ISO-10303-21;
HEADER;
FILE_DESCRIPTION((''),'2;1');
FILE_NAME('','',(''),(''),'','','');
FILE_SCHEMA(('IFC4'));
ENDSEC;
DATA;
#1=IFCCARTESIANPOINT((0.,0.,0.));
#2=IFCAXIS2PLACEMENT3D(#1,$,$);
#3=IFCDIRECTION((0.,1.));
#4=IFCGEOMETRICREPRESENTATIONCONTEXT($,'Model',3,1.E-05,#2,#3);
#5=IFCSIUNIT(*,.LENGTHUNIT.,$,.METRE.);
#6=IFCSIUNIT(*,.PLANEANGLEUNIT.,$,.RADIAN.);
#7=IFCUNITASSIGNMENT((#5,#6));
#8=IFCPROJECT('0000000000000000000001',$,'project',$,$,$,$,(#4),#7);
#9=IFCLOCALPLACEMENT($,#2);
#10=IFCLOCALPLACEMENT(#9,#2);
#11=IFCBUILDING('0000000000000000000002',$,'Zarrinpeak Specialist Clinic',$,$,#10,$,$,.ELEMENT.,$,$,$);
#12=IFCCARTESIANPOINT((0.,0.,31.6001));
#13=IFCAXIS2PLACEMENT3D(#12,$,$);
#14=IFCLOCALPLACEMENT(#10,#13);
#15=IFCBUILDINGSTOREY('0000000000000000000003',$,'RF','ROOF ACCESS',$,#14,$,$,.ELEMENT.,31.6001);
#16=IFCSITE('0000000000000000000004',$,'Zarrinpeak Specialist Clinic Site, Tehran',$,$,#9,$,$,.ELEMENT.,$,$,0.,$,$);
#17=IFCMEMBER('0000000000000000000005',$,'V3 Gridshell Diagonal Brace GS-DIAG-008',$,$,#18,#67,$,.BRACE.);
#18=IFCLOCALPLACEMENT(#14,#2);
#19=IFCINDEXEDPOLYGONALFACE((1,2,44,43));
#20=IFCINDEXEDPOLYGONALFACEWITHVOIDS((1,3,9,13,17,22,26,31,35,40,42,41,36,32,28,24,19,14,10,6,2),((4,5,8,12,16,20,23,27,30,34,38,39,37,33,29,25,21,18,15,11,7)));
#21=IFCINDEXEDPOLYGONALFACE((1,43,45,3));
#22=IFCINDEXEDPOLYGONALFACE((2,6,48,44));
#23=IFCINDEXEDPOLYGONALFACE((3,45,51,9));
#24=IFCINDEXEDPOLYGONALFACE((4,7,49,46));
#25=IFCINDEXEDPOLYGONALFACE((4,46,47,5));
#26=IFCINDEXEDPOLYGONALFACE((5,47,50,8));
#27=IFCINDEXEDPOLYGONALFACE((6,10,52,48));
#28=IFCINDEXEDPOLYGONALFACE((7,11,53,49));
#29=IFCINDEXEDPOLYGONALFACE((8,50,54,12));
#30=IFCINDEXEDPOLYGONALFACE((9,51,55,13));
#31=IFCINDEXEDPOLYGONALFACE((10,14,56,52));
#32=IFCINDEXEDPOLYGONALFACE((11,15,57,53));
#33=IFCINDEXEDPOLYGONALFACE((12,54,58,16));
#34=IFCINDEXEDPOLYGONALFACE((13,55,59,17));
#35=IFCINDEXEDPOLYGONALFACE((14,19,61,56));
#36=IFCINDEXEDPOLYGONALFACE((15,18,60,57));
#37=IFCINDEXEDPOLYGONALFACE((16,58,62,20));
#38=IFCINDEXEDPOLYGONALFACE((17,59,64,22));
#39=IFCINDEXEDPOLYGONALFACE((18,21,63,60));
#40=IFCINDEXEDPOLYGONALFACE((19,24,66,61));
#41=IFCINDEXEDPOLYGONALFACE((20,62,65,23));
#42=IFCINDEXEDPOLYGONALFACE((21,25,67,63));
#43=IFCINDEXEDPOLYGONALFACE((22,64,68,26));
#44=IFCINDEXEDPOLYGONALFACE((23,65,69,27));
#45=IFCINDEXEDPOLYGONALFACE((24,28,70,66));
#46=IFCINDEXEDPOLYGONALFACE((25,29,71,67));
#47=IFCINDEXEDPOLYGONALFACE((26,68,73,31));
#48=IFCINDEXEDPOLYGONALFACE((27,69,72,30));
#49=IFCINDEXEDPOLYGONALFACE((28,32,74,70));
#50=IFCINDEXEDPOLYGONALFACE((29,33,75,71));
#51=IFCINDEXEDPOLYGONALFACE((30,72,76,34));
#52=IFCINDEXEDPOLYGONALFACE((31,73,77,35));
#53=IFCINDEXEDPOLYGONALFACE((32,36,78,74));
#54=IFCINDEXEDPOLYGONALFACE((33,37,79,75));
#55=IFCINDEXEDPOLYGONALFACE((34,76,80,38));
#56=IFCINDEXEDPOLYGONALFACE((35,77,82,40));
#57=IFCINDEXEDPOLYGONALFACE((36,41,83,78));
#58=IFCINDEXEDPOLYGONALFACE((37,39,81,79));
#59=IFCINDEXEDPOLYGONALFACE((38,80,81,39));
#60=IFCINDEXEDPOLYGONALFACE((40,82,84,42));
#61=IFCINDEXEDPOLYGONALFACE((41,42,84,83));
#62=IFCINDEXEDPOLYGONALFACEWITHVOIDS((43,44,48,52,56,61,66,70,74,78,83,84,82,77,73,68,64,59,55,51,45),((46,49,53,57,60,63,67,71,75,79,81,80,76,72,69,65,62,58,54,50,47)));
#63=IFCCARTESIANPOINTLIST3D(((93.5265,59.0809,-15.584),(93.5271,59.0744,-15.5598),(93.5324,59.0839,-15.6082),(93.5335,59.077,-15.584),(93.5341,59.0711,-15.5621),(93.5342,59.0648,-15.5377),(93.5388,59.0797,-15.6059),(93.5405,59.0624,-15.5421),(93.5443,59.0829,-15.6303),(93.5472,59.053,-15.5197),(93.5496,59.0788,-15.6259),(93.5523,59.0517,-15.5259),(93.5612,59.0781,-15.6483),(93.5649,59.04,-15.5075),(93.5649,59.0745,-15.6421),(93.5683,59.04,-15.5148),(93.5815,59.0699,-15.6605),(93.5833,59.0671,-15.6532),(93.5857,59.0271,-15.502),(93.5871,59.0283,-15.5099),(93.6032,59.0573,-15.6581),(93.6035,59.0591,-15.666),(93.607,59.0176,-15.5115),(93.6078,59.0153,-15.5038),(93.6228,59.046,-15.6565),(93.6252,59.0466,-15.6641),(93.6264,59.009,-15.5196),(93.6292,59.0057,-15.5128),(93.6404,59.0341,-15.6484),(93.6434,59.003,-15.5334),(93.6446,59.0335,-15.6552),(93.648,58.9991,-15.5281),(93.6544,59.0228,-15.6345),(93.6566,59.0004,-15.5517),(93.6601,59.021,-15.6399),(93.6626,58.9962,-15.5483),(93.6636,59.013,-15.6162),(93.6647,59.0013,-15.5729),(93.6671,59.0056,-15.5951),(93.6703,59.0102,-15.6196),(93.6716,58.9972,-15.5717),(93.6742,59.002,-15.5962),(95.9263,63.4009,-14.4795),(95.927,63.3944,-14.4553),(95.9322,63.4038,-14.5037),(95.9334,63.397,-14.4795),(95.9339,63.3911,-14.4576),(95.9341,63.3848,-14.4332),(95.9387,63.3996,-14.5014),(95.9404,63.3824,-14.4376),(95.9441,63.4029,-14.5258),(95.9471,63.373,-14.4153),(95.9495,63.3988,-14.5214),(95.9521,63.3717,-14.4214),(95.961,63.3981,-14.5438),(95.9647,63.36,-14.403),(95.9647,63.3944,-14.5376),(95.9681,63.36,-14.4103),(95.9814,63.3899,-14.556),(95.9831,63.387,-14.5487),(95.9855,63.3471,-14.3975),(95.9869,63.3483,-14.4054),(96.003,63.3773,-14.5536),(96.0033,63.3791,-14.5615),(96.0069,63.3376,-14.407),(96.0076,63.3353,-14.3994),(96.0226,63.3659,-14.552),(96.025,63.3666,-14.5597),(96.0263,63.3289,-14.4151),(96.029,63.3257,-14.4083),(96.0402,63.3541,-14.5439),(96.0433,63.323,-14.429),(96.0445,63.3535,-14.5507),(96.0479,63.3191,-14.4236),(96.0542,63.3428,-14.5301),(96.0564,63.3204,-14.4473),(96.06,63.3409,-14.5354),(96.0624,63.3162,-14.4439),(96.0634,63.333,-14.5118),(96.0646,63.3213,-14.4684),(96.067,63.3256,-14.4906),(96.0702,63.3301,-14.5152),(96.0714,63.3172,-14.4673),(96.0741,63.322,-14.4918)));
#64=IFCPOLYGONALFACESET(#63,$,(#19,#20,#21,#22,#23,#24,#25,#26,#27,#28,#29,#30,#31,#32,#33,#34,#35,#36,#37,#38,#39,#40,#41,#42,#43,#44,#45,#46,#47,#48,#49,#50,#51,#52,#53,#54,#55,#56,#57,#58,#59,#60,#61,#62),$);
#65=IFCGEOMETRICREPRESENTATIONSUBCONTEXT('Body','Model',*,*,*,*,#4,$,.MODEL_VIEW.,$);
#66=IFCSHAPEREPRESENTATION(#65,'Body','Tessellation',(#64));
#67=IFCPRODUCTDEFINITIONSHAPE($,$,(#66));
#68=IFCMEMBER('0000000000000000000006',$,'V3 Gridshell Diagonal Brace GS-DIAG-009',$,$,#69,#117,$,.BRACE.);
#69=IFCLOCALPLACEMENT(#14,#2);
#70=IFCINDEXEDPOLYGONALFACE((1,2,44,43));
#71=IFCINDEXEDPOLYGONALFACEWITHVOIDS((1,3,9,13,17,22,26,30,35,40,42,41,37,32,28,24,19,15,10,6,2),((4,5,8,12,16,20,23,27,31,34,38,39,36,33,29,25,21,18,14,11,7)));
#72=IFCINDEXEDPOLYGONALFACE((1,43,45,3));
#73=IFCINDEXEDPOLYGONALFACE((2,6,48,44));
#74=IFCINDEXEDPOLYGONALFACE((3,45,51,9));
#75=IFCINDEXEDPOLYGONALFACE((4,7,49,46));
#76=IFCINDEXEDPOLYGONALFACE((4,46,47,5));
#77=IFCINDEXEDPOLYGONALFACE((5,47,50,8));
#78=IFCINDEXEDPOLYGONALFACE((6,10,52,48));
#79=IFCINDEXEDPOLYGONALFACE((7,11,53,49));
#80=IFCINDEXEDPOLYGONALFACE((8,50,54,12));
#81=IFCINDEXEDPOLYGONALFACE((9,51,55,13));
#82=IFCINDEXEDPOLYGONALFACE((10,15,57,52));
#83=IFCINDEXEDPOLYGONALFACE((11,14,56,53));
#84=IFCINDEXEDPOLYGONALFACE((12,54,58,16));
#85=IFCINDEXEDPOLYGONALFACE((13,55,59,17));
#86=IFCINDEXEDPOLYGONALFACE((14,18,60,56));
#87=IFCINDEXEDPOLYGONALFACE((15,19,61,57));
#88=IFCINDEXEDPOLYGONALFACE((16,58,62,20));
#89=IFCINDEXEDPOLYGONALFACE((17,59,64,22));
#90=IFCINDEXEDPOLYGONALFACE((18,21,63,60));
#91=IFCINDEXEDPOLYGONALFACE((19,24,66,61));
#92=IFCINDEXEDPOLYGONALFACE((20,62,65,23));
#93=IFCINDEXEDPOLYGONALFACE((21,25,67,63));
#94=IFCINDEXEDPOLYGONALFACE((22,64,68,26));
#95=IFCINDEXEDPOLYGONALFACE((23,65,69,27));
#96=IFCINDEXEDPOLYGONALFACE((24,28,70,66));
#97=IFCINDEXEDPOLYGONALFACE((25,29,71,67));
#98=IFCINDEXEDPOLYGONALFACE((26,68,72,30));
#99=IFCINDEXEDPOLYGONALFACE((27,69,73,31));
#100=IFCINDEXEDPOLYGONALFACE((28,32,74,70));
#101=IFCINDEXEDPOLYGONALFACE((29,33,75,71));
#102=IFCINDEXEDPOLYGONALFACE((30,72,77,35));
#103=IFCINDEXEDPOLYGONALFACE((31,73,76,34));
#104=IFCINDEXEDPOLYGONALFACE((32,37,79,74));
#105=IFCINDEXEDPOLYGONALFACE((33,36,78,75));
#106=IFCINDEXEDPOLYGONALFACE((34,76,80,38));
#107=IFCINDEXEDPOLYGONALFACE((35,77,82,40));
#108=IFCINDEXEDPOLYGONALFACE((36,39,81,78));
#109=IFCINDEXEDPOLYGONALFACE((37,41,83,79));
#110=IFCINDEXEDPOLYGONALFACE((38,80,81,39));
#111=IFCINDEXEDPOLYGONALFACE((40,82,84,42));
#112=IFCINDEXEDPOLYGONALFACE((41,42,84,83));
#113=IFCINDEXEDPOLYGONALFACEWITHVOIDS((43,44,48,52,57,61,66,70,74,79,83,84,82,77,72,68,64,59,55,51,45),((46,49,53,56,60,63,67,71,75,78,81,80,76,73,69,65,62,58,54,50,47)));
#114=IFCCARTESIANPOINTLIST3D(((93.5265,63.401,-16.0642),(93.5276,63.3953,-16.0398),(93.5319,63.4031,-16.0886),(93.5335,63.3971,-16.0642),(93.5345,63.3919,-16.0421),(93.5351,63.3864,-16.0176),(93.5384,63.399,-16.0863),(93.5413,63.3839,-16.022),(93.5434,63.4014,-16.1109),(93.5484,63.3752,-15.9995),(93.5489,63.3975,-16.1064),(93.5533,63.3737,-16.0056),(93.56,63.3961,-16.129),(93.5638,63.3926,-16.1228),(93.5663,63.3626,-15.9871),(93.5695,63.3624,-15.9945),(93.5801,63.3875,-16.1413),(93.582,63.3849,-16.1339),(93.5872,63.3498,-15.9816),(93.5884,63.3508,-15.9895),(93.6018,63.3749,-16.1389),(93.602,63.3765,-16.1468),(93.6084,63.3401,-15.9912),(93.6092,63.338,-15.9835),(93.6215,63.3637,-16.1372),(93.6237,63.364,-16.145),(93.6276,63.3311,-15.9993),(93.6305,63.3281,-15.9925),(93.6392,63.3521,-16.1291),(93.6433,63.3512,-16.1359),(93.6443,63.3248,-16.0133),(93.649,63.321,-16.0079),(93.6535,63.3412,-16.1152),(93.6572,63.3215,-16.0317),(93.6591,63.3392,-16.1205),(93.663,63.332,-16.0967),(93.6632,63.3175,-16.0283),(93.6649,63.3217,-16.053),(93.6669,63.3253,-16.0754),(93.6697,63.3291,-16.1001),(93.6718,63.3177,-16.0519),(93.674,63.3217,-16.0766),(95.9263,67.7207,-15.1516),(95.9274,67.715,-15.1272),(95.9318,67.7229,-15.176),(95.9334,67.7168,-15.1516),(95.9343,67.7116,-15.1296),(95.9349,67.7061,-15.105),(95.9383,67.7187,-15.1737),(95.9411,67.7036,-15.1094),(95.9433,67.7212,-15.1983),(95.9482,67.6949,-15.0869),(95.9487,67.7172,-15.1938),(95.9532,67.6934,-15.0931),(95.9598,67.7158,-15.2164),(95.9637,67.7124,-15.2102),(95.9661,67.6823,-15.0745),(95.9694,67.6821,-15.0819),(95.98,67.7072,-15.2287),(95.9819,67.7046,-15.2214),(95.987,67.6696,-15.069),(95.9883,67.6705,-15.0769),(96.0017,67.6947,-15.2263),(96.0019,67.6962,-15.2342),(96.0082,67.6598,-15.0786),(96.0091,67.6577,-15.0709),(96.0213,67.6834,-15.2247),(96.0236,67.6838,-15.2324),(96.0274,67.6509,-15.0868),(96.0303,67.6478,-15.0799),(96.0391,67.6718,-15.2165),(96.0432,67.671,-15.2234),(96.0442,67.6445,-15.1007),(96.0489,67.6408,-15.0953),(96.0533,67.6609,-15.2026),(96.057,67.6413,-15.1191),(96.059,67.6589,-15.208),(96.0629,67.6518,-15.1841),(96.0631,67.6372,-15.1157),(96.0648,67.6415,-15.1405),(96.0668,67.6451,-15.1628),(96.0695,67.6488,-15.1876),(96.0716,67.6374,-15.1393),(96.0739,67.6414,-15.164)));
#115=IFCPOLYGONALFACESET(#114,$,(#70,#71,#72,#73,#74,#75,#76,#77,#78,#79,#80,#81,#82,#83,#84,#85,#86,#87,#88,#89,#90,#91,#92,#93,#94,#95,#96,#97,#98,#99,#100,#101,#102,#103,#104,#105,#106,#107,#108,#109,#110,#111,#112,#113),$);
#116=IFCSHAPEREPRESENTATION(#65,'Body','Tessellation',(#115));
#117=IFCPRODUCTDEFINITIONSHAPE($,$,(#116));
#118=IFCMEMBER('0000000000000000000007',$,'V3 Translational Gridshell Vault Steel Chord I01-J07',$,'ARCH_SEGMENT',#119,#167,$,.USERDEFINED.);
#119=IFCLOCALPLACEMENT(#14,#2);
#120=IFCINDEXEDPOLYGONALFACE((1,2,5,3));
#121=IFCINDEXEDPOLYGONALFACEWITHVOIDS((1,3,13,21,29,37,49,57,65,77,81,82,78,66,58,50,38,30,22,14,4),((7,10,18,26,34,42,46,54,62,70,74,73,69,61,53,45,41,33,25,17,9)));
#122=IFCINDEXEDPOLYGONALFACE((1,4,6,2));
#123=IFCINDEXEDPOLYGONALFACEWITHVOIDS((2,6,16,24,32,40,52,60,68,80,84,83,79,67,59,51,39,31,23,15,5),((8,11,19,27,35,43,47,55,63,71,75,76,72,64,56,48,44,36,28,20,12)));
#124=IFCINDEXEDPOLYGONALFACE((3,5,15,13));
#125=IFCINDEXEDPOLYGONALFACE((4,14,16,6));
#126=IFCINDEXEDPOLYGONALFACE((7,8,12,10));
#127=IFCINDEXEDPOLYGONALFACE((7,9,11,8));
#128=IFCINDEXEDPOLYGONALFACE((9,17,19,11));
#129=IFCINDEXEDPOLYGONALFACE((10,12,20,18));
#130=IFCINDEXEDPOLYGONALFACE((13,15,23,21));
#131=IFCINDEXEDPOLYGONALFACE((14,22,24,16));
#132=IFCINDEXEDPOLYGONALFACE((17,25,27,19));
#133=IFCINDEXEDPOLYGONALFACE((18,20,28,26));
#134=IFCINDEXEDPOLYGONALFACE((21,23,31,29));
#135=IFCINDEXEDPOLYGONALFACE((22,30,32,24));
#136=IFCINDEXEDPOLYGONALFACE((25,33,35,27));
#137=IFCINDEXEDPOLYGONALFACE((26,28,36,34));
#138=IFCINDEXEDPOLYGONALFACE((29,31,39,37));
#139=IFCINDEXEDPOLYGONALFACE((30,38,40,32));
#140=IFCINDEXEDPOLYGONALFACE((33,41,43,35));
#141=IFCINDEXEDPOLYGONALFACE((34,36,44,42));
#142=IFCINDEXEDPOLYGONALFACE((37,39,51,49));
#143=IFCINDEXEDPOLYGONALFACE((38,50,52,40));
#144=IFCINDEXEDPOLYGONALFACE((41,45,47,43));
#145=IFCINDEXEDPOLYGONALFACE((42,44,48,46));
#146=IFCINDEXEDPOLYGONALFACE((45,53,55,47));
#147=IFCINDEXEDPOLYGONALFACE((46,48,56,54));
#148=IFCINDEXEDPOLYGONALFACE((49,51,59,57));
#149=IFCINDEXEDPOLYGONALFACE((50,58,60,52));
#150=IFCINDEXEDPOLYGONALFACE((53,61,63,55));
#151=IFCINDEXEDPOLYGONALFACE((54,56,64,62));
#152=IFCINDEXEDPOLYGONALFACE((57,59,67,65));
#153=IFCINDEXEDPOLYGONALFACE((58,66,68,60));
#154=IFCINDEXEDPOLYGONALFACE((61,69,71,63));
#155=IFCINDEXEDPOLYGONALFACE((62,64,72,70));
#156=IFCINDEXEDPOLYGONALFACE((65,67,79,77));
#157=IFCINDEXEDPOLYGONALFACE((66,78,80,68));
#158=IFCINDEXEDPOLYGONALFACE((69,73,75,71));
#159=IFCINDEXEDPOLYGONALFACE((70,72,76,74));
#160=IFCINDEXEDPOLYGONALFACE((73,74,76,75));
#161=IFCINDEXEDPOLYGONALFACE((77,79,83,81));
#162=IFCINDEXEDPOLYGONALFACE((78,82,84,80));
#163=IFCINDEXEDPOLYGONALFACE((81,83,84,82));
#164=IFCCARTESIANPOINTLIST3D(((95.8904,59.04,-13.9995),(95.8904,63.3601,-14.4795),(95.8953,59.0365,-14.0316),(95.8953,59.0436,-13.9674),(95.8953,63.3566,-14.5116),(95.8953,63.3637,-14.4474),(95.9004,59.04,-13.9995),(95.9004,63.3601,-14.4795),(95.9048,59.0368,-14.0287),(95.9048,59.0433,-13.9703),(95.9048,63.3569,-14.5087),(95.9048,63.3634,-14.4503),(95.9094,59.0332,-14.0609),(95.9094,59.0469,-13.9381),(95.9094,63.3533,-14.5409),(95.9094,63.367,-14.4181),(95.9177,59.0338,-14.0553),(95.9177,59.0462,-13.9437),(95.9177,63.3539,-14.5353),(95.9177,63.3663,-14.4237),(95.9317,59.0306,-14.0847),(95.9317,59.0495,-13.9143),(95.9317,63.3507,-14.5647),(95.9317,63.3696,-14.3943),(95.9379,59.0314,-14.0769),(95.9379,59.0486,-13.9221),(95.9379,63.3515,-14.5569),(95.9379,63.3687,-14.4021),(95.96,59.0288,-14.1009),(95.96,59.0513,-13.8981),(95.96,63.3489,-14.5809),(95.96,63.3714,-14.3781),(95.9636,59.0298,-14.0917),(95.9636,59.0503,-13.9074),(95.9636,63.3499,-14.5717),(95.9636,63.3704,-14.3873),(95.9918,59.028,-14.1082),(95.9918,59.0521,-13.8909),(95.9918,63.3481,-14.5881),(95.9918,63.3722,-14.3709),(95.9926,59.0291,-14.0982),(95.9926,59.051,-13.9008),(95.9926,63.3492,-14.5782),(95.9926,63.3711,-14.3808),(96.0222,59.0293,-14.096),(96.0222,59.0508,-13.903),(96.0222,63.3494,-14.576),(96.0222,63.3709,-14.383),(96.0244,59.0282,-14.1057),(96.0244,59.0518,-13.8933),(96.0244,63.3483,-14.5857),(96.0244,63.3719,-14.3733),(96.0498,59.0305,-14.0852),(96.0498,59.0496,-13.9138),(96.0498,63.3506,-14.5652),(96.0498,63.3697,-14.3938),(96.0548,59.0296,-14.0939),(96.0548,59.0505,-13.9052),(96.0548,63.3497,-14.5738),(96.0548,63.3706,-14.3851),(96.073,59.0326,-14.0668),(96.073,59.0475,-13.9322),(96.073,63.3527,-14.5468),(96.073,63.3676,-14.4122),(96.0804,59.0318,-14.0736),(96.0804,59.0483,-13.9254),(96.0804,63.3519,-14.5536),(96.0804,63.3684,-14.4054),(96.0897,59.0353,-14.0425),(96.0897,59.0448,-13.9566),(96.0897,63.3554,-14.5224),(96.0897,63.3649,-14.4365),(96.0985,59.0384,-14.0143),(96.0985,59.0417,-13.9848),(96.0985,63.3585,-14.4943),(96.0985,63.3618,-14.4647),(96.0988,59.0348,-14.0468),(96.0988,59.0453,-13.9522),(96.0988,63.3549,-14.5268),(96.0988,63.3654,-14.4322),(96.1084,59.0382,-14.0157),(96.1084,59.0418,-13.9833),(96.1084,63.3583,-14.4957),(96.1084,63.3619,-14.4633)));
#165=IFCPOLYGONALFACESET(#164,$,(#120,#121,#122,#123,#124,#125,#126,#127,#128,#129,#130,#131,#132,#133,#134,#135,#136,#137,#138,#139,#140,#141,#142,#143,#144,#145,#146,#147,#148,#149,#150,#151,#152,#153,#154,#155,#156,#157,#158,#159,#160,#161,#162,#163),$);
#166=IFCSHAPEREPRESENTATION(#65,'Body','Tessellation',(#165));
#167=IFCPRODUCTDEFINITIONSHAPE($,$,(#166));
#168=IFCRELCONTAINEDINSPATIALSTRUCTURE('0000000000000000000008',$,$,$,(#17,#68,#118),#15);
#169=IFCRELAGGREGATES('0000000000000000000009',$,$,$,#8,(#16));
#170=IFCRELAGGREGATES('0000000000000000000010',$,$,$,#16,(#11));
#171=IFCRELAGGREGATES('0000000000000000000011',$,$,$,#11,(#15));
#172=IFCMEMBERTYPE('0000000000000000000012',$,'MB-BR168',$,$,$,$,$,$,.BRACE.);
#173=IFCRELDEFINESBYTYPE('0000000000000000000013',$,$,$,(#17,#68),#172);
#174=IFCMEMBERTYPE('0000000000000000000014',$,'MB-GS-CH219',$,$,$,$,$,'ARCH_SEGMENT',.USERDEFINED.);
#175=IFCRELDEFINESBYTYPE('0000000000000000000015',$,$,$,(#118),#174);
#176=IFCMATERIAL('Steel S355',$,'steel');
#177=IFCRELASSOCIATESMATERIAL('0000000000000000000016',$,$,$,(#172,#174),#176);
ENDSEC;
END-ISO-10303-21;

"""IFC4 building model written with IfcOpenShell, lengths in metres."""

from ifc_helpers import new_model, si_unit, direction, frame, origin, origin_2d, place, context, subcontext, project, spatial, hollow_circle, extrude, material, material_profile, profile_set, type_object, element, save


model = new_model("IFC4")

# Units and contexts
model_context = context("Model", 3, precision=1e-05, world=origin(), true_north=direction((0.0, 1.0)))
body_context = subcontext(model_context, "Body", "Model", "MODEL_VIEW")
ifc_project = project(units=[si_unit("LENGTHUNIT", "METRE"), si_unit("PLANEANGLEUNIT", "RADIAN")], contexts=[model_context])

# Site, building, storey
site_placement = place(None, origin())
site = spatial("IfcSite", under=ifc_project, at=site_placement, Name="Zarrinpeak Specialist Clinic Site, Tehran", CompositionType="ELEMENT", RefElevation=0.0)
building_placement = place(site_placement, origin())
building = spatial("IfcBuilding", under=site, at=building_placement, Name="Zarrinpeak Specialist Clinic", CompositionType="ELEMENT")
storey_placement = place(building_placement, frame((0.0, 0.0, 31.6001)))
storey = spatial("IfcBuildingStorey", under=building, at=storey_placement, Name="RF", Description="ROOF ACCESS", CompositionType="ELEMENT", Elevation=31.6001)

# Members
ifc_material_1 = material(Name="Steel S355", Category="steel")
ifc_material_profile_1 = material_profile(ifc_material_1, hollow_circle(Radius=0.0842, WallThickness=0.0081, at=origin_2d()), Name="CHS 168.3x8.0")
ifc_profile_set_1 = profile_set([ifc_material_profile_1], Name="Steel S355")
member_type_1 = type_object("IfcMemberType", Name="MB-BR168", PredefinedType="BRACE", material=ifc_profile_set_1)
member_1_placement = place(storey_placement, frame((93.6001, 59.04, -15.584), z_axis=(0.47393, 0.853122, 0.218114), x_axis=(-0.874169, 0.485622, 0.0)))
element("IfcMember", 1, at=member_1_placement, inside=storey, type_object=member_type_1, Name="V3 Gridshell Diagonal Brace GS-DIAG-008", PredefinedType="BRACE", context=body_context, shape_type="SweptSolid", body=[
    extrude(hollow_circle(Radius=0.0842, WallThickness=0.0081, at=origin_2d()), origin(), (0.0, 0.0, 1.0), 5.0637),
])
member_2_placement = place(storey_placement, frame((93.6001, 63.3601, -16.0642), z_axis=(0.477568, 0.859622, 0.181602), x_axis=(-0.874157, 0.485643, 0.0)))
element("IfcMember", 2, at=member_2_placement, inside=storey, type_object=member_type_1, Name="V3 Gridshell Diagonal Brace GS-DIAG-009", PredefinedType="BRACE", context=body_context, shape_type="SweptSolid", body=[
    extrude(hollow_circle(Radius=0.0842, WallThickness=0.0081, at=origin_2d()), origin(), (0.0, 0.0, 1.0), 5.0251),
])
ifc_material_profile_2 = material_profile(ifc_material_1, hollow_circle(Radius=0.1096, WallThickness=0.01, at=origin_2d()), Name="CHS 219.1x10.0")
ifc_profile_set_2 = profile_set([ifc_material_profile_2], Name="Steel S355")
member_type_2 = type_object("IfcMemberType", Name="MB-GS-CH219", ElementType="ARCH_SEGMENT", PredefinedType="USERDEFINED", material=ifc_profile_set_2)
member_3_placement = place(storey_placement, frame((96.0, 59.04, -13.9995), z_axis=(0.0, 0.993884, -0.110425), x_axis=(-1.0, 0.0, 0.0)))
element("IfcMember", 3, at=member_3_placement, inside=storey, type_object=member_type_2, Name="V3 Translational Gridshell Vault Steel Chord I01-J07", ObjectType="ARCH_SEGMENT", PredefinedType="USERDEFINED", context=body_context, shape_type="SweptSolid", body=[
    extrude(hollow_circle(Radius=0.1096, WallThickness=0.01, at=origin_2d()), origin(), (0.0, 0.0, 1.0), 4.3467),
])

save(model, "model.ifc")
